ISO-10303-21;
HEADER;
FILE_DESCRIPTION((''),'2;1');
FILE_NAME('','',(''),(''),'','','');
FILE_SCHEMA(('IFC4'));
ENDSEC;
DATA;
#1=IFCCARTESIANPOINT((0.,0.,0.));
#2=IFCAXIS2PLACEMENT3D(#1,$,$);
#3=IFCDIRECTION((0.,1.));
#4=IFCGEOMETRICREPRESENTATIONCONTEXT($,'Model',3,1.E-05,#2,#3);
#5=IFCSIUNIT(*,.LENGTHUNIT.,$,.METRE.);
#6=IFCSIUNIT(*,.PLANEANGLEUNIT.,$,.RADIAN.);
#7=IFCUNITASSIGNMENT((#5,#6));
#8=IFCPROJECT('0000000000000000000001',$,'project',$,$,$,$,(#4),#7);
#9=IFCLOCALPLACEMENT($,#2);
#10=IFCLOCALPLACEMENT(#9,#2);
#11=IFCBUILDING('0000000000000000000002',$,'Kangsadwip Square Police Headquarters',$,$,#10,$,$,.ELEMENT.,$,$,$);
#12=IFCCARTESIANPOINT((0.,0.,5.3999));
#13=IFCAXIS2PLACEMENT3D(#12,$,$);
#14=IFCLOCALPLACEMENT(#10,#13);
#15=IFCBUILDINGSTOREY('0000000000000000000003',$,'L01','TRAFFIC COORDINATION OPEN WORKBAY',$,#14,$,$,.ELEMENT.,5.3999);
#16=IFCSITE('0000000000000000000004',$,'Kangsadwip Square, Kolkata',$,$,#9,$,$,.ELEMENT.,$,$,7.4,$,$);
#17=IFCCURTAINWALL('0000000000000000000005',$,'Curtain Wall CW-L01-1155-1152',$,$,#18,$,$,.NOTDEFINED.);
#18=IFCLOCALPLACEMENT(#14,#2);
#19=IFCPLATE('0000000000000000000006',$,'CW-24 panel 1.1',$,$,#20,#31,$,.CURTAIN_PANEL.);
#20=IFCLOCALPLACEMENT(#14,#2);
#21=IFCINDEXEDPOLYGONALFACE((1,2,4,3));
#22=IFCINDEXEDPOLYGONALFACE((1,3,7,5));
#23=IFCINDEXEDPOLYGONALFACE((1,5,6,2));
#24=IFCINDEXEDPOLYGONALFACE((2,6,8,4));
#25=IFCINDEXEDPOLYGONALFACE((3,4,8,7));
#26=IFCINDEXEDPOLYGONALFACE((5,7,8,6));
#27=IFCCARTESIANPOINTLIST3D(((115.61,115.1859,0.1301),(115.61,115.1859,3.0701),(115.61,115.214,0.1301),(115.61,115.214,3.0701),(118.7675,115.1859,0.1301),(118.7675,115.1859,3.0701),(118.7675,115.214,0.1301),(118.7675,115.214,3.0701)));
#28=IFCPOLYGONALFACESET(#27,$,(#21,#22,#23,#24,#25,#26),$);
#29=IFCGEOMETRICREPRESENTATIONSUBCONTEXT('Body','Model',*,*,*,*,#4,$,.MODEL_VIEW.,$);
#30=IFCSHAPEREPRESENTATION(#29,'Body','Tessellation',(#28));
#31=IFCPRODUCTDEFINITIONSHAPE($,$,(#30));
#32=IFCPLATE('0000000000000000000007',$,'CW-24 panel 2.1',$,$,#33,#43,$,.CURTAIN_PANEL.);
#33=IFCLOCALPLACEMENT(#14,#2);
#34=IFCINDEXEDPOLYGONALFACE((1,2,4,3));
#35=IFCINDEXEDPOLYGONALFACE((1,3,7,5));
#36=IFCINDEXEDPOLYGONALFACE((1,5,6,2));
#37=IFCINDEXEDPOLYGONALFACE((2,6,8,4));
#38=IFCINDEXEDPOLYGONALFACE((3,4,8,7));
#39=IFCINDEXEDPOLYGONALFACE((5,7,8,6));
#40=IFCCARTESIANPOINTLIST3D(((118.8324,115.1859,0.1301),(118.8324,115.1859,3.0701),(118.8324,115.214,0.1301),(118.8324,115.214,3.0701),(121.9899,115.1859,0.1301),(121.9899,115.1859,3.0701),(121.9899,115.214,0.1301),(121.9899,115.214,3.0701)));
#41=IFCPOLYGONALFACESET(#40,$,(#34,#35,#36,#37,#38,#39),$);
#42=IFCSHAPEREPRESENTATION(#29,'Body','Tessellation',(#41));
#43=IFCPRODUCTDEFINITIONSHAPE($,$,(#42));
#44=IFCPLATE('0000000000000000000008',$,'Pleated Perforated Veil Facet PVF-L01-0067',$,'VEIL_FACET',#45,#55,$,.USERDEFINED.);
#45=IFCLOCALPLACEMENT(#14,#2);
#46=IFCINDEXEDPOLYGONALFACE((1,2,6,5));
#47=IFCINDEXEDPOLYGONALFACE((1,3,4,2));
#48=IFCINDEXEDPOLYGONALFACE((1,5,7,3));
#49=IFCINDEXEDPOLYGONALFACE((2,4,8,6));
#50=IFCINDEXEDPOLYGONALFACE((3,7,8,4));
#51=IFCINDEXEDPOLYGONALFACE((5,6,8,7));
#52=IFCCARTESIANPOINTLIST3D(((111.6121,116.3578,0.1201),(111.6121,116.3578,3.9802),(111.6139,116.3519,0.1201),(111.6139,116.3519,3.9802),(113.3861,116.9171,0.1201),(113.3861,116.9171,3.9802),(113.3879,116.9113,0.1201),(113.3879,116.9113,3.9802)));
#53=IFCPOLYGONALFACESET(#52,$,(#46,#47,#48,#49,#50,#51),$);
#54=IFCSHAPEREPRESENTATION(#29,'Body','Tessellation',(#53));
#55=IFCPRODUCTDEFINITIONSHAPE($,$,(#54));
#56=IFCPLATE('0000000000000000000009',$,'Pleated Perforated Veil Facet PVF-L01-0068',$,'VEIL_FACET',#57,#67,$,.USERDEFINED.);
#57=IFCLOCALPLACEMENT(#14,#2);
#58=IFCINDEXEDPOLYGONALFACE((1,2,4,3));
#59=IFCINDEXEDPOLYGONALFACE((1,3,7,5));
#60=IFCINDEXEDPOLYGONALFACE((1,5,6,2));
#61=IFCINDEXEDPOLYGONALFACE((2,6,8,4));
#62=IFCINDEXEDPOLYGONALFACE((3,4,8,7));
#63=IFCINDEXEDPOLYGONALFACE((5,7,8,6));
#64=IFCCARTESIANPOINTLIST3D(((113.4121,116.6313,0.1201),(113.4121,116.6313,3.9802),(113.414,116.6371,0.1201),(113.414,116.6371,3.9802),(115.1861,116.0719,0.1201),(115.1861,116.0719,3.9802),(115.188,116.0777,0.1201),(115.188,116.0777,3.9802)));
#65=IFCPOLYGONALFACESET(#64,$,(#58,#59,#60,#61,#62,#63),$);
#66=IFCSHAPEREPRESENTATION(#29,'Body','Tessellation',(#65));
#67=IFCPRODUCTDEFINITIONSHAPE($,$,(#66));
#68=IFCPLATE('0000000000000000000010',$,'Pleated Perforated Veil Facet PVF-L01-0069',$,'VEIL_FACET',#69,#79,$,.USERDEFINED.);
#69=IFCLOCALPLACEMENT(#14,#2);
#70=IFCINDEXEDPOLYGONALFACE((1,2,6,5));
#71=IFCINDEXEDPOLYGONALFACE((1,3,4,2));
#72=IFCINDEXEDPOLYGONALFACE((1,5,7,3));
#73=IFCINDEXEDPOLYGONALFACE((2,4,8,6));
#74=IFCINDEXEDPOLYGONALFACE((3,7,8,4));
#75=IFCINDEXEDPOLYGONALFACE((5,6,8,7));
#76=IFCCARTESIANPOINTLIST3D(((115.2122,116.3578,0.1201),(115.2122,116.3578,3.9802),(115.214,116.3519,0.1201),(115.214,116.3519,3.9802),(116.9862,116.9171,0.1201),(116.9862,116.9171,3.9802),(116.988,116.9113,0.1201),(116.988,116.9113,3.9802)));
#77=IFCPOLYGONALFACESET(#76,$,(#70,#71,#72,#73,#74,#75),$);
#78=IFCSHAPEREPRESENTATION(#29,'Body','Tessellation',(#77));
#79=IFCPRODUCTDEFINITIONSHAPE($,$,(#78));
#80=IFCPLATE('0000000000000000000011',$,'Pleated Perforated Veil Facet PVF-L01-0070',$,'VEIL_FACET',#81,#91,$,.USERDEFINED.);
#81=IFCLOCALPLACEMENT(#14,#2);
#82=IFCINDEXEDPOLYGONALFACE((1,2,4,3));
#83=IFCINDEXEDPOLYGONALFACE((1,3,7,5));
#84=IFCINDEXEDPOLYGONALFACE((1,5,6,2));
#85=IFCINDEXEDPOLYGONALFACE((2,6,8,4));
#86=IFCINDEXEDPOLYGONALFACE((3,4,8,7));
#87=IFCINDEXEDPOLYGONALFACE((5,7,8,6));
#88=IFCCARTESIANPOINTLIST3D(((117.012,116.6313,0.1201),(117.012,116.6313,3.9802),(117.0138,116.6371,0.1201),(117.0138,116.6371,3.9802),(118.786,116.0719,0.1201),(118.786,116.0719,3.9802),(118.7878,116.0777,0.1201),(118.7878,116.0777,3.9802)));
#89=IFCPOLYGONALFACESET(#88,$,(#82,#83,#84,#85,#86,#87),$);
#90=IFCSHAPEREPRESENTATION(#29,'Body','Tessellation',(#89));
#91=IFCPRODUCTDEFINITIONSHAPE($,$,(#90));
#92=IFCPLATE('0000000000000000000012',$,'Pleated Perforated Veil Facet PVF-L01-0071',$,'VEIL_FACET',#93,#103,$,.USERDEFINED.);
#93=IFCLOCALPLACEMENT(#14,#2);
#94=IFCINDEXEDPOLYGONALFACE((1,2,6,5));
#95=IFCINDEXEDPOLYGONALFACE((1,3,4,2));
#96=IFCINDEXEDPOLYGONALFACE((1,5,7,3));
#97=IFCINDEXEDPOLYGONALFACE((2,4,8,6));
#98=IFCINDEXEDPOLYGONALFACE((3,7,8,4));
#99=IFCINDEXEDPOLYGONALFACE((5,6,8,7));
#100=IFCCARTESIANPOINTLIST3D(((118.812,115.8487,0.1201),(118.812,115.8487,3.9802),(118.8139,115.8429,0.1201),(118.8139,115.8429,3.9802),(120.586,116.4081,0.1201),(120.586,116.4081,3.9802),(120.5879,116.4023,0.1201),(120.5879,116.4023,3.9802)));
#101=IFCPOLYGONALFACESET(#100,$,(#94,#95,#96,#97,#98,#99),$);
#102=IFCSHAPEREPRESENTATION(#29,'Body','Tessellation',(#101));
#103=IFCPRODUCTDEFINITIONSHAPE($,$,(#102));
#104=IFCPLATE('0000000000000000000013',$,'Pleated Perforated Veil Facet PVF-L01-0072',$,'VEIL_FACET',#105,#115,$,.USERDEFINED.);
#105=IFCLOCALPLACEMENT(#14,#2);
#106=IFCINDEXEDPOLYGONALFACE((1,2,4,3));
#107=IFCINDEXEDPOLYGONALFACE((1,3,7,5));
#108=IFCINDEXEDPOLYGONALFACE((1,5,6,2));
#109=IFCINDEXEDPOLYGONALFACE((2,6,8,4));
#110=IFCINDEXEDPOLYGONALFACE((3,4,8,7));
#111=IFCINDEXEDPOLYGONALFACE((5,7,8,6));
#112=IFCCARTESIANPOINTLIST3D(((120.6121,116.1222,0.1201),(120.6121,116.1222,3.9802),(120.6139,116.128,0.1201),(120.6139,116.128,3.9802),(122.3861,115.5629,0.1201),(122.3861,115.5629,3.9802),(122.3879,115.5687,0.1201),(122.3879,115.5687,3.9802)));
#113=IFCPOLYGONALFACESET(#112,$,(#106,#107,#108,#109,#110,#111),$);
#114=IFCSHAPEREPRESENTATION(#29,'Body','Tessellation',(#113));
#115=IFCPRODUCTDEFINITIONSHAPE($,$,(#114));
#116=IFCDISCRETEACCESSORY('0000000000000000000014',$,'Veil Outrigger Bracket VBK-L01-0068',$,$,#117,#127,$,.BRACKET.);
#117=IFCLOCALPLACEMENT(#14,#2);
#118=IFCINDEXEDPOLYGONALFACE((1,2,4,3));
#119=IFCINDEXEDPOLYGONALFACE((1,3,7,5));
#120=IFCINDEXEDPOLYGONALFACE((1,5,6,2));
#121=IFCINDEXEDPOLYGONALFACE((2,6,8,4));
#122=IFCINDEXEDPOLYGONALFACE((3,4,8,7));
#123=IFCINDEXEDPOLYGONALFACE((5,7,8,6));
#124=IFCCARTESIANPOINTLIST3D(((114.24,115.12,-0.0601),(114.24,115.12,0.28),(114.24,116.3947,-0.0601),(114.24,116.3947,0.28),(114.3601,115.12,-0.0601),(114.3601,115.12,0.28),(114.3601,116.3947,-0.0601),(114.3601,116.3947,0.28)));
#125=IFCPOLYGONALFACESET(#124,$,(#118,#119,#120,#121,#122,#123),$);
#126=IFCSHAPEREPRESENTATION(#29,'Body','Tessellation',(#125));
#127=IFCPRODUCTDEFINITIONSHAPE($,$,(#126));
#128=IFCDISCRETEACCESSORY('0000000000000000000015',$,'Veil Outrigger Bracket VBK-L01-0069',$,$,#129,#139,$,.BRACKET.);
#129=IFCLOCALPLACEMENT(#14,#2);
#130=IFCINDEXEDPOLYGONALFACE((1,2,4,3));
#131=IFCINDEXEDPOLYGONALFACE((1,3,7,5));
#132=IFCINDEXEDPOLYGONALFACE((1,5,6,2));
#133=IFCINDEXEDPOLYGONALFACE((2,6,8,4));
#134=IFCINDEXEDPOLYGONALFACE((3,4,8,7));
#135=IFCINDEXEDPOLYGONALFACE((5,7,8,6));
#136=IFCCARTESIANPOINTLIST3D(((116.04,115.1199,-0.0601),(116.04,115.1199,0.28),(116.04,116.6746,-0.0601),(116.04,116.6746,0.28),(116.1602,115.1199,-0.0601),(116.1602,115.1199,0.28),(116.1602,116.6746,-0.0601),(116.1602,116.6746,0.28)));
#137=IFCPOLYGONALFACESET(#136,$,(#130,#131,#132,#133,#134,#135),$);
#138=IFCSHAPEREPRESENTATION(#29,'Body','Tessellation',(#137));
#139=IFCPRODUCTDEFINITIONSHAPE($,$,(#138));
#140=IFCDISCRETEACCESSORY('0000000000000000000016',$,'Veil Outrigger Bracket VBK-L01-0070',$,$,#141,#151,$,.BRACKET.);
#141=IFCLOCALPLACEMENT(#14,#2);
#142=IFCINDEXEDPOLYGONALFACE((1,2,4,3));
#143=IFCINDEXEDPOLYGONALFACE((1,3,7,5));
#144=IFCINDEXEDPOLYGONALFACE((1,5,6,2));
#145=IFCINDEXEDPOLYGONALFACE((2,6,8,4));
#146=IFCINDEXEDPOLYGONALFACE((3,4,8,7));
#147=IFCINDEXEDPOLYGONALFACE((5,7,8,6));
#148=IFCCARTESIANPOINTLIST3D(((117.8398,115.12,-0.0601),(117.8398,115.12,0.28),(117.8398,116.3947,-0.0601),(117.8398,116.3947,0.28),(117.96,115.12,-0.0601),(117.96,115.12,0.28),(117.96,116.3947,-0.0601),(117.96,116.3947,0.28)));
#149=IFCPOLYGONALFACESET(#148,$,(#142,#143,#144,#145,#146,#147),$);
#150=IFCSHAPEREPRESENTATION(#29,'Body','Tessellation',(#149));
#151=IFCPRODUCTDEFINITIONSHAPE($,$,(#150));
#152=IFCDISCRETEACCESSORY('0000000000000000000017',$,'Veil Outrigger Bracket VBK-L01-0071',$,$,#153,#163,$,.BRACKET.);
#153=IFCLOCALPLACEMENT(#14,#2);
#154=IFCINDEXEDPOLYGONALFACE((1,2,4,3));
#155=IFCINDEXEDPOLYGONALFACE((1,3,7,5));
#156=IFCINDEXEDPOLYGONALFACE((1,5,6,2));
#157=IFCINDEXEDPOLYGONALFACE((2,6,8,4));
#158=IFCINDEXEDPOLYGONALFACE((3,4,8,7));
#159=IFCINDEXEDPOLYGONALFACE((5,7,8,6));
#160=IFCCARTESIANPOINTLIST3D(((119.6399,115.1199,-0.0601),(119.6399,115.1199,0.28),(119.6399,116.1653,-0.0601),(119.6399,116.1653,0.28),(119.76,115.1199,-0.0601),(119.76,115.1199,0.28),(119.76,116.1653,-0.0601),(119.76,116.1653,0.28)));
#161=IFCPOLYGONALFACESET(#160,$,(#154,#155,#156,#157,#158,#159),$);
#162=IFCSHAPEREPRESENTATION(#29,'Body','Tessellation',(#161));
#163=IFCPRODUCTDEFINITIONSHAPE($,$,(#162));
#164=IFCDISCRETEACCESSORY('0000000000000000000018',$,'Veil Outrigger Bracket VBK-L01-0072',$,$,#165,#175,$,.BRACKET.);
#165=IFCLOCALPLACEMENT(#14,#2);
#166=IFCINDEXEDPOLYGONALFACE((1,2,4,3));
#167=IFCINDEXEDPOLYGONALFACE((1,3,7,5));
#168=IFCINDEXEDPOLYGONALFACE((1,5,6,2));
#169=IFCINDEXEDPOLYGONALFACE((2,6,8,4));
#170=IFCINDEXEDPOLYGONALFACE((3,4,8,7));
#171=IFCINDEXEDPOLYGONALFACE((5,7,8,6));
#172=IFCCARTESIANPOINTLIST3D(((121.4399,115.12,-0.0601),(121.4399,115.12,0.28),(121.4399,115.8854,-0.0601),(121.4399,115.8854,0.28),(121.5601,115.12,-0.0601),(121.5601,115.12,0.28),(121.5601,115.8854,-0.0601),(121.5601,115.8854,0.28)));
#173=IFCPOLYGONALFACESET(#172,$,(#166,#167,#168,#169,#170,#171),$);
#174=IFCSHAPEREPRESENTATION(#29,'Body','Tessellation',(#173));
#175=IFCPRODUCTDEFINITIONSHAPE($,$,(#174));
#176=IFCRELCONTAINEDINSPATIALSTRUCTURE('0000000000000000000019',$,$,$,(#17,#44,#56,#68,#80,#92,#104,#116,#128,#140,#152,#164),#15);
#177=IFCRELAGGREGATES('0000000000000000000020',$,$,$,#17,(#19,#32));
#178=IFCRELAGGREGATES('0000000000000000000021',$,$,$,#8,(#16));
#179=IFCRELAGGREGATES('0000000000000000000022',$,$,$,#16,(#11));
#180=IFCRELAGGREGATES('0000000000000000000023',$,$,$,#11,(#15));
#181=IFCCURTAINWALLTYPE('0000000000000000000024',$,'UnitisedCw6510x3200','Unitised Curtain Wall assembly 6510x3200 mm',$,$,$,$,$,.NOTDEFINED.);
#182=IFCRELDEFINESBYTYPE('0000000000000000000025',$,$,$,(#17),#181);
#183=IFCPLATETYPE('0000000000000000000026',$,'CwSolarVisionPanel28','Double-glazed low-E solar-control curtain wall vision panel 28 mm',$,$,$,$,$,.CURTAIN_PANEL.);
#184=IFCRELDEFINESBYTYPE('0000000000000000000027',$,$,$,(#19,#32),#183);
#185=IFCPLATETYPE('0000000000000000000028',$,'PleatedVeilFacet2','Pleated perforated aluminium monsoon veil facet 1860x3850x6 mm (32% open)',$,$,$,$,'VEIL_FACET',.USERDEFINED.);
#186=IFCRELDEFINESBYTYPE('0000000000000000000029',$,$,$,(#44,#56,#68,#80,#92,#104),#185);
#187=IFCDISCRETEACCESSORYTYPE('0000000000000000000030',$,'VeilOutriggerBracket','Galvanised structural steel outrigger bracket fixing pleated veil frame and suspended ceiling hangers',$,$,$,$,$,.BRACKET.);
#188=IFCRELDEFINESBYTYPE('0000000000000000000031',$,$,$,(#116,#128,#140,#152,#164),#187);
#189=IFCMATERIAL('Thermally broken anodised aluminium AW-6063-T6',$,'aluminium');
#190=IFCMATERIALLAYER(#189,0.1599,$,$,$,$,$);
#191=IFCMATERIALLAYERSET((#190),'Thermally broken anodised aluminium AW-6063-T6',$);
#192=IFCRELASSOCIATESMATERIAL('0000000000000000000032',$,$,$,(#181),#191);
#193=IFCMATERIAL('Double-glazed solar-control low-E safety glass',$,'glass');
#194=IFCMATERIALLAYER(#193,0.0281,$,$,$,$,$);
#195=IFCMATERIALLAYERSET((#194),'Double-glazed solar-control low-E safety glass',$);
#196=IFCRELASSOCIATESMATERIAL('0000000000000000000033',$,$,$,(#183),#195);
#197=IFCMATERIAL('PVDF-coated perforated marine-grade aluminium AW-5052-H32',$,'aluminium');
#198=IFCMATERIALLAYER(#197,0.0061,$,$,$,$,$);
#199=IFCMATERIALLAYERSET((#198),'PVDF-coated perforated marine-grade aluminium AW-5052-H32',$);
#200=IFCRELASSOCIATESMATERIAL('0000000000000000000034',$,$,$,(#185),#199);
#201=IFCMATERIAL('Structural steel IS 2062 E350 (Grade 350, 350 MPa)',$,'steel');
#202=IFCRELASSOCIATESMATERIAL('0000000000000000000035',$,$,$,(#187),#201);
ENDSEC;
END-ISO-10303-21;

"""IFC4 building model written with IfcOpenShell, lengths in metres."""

from ifc_helpers import new_model, si_unit, direction, frame, origin, origin_2d, place, context, subcontext, project, spatial, rectangle, extrude, material, layer, layer_set, type_object, element, aggregate, save


model = new_model("IFC4")

# Units and contexts
model_context = context("Model", 3, precision=1e-05, world=origin(), true_north=direction((0.0, 1.0)))
body_context = subcontext(model_context, "Body", "Model", "MODEL_VIEW")
ifc_project = project(units=[si_unit("LENGTHUNIT", "METRE"), si_unit("PLANEANGLEUNIT", "RADIAN")], contexts=[model_context])

# Site, building, storey
site_placement = place(None, origin())
site = spatial("IfcSite", under=ifc_project, at=site_placement, Name="Kangsadwip Square, Kolkata", CompositionType="ELEMENT", RefElevation=7.4)
building_placement = place(site_placement, origin())
building = spatial("IfcBuilding", under=site, at=building_placement, Name="Kangsadwip Square Police Headquarters", CompositionType="ELEMENT")
storey_placement = place(building_placement, frame((0.0, 0.0, 5.3999)))
storey = spatial("IfcBuildingStorey", under=building, at=storey_placement, Name="L01", Description="TRAFFIC COORDINATION OPEN WORKBAY", CompositionType="ELEMENT", Elevation=5.3999)

# Shared definitions
ifc_material_1 = material(Name="Thermally broken anodised aluminium AW-6063-T6", Category="aluminium")
ifc_layer_1 = layer(ifc_material_1, 0.1599)
ifc_layer_set_1 = layer_set([ifc_layer_1], Name="Thermally broken anodised aluminium AW-6063-T6")
curtain_wall_type = type_object("IfcCurtainWallType", Name="UnitisedCw6510x3200", Description="Unitised Curtain Wall assembly 6510x3200 mm", PredefinedType="NOTDEFINED", material=ifc_layer_set_1)

# Curtain wall
curtain_wall_1_placement = place(storey_placement, origin())
curtain_wall_1 = element("IfcCurtainWall", 1, at=curtain_wall_1_placement, inside=storey, type_object=curtain_wall_type, Name="Curtain Wall CW-L01-1155-1152", PredefinedType="NOTDEFINED")

# Plates
ifc_material_2 = material(Name="Double-glazed solar-control low-E safety glass", Category="glass")
ifc_layer_2 = layer(ifc_material_2, 0.0281)
ifc_layer_set_2 = layer_set([ifc_layer_2], Name="Double-glazed solar-control low-E safety glass")
plate_type_1 = type_object("IfcPlateType", Name="CwSolarVisionPanel28", Description="Double-glazed low-E solar-control curtain wall vision panel 28 mm", PredefinedType="CURTAIN_PANEL", material=ifc_layer_set_2)
plate_1_placement = place(storey_placement, frame((117.1887, 115.2, 0.1301), z_axis=(0.0, 0.0, 1.0), x_axis=(1.0, 0.0, 0.0)))
plate_1 = element("IfcPlate", 2, at=plate_1_placement, type_object=plate_type_1, Name="CW-24 panel 1.1", PredefinedType="CURTAIN_PANEL", context=body_context, shape_type="SweptSolid", body=[
    extrude(rectangle(XDim=3.1575, YDim=0.0281, at=origin_2d()), origin(), (0.0, 0.0, 1.0), 2.9399),
])
plate_2_placement = place(storey_placement, frame((120.4111, 115.2, 0.1301), z_axis=(0.0, 0.0, 1.0), x_axis=(1.0, 0.0, 0.0)))
plate_2 = element("IfcPlate", 3, at=plate_2_placement, type_object=plate_type_1, Name="CW-24 panel 2.1", PredefinedType="CURTAIN_PANEL", context=body_context, shape_type="SweptSolid", body=[
    extrude(rectangle(XDim=3.1575, YDim=0.0281, at=origin_2d()), origin(), (0.0, 0.0, 1.0), 2.9399),
])
aggregate(curtain_wall_1, [plate_1, plate_2])

# Plates
ifc_material_3 = material(Name="PVDF-coated perforated marine-grade aluminium AW-5052-H32", Category="aluminium")
ifc_layer_3 = layer(ifc_material_3, 0.0061)
ifc_layer_set_3 = layer_set([ifc_layer_3], Name="PVDF-coated perforated marine-grade aluminium AW-5052-H32")
plate_type_2 = type_object("IfcPlateType", Name="PleatedVeilFacet2", Description="Pleated perforated aluminium monsoon veil facet 1860x3850x6 mm (32% open)", ElementType="VEIL_FACET", PredefinedType="USERDEFINED", material=ifc_layer_set_3)
for number, where, z_axis, x_axis, name in (
    (4, (112.5, 116.6345, 0.1201), (0.0, 0.0, 1.0), (0.953717, 0.300706, 0.0), "Pleated Perforated Veil Facet PVF-L01-0067"),
    (5, (114.3, 116.3545, 0.1201), (0.0, 0.0, 1.0), (0.953717, -0.300706, 0.0), "Pleated Perforated Veil Facet PVF-L01-0068"),
    (6, (116.1001, 116.6345, 0.1201), (0.0, 0.0, 1.0), (0.953717, 0.300706, 0.0), "Pleated Perforated Veil Facet PVF-L01-0069"),
    (7, (117.8999, 116.3545, 0.1201), (0.0, 0.0, 1.0), (0.953717, -0.300706, 0.0), "Pleated Perforated Veil Facet PVF-L01-0070"),
    (8, (119.7, 116.1255, 0.1201), (0.0, 0.0, 1.0), (0.953717, 0.300706, 0.0), "Pleated Perforated Veil Facet PVF-L01-0071"),
    (9, (121.5, 115.8455, 0.1201), (0.0, 0.0, 1.0), (0.953717, -0.300706, 0.0), "Pleated Perforated Veil Facet PVF-L01-0072"),
):
    element("IfcPlate", number, at=place(storey_placement, frame(where, z_axis=z_axis, x_axis=x_axis)), inside=storey, type_object=plate_type_2, Name=name, ObjectType="VEIL_FACET", PredefinedType="USERDEFINED", context=body_context, shape_type="SweptSolid", body=[
        extrude(rectangle(XDim=1.8601, YDim=0.0061, at=origin_2d()), origin(), (0.0, 0.0, 1.0), 3.8601),
    ])

# Discrete accessories
ifc_material_4 = material(Name="Structural steel IS 2062 E350 (Grade 350, 350 MPa)", Category="steel")
discrete_accessory_type = type_object("IfcDiscreteAccessoryType", Name="VeilOutriggerBracket", Description="Galvanised structural steel outrigger bracket fixing pleated veil frame and suspended ceiling hangers", PredefinedType="BRACKET", material=ifc_material_4)
discrete_accessory_1_placement = place(storey_placement, frame((114.3, 115.7573, -0.0601), z_axis=(0.0, 0.0, 1.0), x_axis=(1.0, 0.0, 0.0)))
element("IfcDiscreteAccessory", 10, at=discrete_accessory_1_placement, inside=storey, type_object=discrete_accessory_type, Name="Veil Outrigger Bracket VBK-L01-0068", PredefinedType="BRACKET", context=body_context, shape_type="SweptSolid", body=[
    extrude(rectangle(XDim=0.1201, YDim=1.2747, at=origin_2d()), origin(), (0.0, 0.0, 1.0), 0.3401),
])
discrete_accessory_2_placement = place(storey_placement, frame((116.1001, 115.8972, -0.0601), z_axis=(0.0, 0.0, 1.0), x_axis=(1.0, 0.0, 0.0)))
element("IfcDiscreteAccessory", 11, at=discrete_accessory_2_placement, inside=storey, type_object=discrete_accessory_type, Name="Veil Outrigger Bracket VBK-L01-0069", PredefinedType="BRACKET", context=body_context, shape_type="SweptSolid", body=[
    extrude(rectangle(XDim=0.1201, YDim=1.5547, at=origin_2d()), origin(), (0.0, 0.0, 1.0), 0.3401),
])
discrete_accessory_3_placement = place(storey_placement, frame((117.8999, 115.7573, -0.0601), z_axis=(0.0, 0.0, 1.0), x_axis=(1.0, 0.0, 0.0)))
element("IfcDiscreteAccessory", 12, at=discrete_accessory_3_placement, inside=storey, type_object=discrete_accessory_type, Name="Veil Outrigger Bracket VBK-L01-0070", PredefinedType="BRACKET", context=body_context, shape_type="SweptSolid", body=[
    extrude(rectangle(XDim=0.1201, YDim=1.2747, at=origin_2d()), origin(), (0.0, 0.0, 1.0), 0.3401),
])
discrete_accessory_4_placement = place(storey_placement, frame((119.7, 115.6426, -0.0601), z_axis=(0.0, 0.0, 1.0), x_axis=(1.0, 0.0, 0.0)))
element("IfcDiscreteAccessory", 13, at=discrete_accessory_4_placement, inside=storey, type_object=discrete_accessory_type, Name="Veil Outrigger Bracket VBK-L01-0071", PredefinedType="BRACKET", context=body_context, shape_type="SweptSolid", body=[
    extrude(rectangle(XDim=0.1201, YDim=1.0454, at=origin_2d()), origin(), (0.0, 0.0, 1.0), 0.3401),
])
discrete_accessory_5_placement = place(storey_placement, frame((121.5, 115.5027, -0.0601), z_axis=(0.0, 0.0, 1.0), x_axis=(1.0, 0.0, 0.0)))
element("IfcDiscreteAccessory", 14, at=discrete_accessory_5_placement, inside=storey, type_object=discrete_accessory_type, Name="Veil Outrigger Bracket VBK-L01-0072", PredefinedType="BRACKET", context=body_context, shape_type="SweptSolid", body=[
    extrude(rectangle(XDim=0.1201, YDim=0.7654, at=origin_2d()), origin(), (0.0, 0.0, 1.0), 0.3401),
])

save(model, "model.ifc")
